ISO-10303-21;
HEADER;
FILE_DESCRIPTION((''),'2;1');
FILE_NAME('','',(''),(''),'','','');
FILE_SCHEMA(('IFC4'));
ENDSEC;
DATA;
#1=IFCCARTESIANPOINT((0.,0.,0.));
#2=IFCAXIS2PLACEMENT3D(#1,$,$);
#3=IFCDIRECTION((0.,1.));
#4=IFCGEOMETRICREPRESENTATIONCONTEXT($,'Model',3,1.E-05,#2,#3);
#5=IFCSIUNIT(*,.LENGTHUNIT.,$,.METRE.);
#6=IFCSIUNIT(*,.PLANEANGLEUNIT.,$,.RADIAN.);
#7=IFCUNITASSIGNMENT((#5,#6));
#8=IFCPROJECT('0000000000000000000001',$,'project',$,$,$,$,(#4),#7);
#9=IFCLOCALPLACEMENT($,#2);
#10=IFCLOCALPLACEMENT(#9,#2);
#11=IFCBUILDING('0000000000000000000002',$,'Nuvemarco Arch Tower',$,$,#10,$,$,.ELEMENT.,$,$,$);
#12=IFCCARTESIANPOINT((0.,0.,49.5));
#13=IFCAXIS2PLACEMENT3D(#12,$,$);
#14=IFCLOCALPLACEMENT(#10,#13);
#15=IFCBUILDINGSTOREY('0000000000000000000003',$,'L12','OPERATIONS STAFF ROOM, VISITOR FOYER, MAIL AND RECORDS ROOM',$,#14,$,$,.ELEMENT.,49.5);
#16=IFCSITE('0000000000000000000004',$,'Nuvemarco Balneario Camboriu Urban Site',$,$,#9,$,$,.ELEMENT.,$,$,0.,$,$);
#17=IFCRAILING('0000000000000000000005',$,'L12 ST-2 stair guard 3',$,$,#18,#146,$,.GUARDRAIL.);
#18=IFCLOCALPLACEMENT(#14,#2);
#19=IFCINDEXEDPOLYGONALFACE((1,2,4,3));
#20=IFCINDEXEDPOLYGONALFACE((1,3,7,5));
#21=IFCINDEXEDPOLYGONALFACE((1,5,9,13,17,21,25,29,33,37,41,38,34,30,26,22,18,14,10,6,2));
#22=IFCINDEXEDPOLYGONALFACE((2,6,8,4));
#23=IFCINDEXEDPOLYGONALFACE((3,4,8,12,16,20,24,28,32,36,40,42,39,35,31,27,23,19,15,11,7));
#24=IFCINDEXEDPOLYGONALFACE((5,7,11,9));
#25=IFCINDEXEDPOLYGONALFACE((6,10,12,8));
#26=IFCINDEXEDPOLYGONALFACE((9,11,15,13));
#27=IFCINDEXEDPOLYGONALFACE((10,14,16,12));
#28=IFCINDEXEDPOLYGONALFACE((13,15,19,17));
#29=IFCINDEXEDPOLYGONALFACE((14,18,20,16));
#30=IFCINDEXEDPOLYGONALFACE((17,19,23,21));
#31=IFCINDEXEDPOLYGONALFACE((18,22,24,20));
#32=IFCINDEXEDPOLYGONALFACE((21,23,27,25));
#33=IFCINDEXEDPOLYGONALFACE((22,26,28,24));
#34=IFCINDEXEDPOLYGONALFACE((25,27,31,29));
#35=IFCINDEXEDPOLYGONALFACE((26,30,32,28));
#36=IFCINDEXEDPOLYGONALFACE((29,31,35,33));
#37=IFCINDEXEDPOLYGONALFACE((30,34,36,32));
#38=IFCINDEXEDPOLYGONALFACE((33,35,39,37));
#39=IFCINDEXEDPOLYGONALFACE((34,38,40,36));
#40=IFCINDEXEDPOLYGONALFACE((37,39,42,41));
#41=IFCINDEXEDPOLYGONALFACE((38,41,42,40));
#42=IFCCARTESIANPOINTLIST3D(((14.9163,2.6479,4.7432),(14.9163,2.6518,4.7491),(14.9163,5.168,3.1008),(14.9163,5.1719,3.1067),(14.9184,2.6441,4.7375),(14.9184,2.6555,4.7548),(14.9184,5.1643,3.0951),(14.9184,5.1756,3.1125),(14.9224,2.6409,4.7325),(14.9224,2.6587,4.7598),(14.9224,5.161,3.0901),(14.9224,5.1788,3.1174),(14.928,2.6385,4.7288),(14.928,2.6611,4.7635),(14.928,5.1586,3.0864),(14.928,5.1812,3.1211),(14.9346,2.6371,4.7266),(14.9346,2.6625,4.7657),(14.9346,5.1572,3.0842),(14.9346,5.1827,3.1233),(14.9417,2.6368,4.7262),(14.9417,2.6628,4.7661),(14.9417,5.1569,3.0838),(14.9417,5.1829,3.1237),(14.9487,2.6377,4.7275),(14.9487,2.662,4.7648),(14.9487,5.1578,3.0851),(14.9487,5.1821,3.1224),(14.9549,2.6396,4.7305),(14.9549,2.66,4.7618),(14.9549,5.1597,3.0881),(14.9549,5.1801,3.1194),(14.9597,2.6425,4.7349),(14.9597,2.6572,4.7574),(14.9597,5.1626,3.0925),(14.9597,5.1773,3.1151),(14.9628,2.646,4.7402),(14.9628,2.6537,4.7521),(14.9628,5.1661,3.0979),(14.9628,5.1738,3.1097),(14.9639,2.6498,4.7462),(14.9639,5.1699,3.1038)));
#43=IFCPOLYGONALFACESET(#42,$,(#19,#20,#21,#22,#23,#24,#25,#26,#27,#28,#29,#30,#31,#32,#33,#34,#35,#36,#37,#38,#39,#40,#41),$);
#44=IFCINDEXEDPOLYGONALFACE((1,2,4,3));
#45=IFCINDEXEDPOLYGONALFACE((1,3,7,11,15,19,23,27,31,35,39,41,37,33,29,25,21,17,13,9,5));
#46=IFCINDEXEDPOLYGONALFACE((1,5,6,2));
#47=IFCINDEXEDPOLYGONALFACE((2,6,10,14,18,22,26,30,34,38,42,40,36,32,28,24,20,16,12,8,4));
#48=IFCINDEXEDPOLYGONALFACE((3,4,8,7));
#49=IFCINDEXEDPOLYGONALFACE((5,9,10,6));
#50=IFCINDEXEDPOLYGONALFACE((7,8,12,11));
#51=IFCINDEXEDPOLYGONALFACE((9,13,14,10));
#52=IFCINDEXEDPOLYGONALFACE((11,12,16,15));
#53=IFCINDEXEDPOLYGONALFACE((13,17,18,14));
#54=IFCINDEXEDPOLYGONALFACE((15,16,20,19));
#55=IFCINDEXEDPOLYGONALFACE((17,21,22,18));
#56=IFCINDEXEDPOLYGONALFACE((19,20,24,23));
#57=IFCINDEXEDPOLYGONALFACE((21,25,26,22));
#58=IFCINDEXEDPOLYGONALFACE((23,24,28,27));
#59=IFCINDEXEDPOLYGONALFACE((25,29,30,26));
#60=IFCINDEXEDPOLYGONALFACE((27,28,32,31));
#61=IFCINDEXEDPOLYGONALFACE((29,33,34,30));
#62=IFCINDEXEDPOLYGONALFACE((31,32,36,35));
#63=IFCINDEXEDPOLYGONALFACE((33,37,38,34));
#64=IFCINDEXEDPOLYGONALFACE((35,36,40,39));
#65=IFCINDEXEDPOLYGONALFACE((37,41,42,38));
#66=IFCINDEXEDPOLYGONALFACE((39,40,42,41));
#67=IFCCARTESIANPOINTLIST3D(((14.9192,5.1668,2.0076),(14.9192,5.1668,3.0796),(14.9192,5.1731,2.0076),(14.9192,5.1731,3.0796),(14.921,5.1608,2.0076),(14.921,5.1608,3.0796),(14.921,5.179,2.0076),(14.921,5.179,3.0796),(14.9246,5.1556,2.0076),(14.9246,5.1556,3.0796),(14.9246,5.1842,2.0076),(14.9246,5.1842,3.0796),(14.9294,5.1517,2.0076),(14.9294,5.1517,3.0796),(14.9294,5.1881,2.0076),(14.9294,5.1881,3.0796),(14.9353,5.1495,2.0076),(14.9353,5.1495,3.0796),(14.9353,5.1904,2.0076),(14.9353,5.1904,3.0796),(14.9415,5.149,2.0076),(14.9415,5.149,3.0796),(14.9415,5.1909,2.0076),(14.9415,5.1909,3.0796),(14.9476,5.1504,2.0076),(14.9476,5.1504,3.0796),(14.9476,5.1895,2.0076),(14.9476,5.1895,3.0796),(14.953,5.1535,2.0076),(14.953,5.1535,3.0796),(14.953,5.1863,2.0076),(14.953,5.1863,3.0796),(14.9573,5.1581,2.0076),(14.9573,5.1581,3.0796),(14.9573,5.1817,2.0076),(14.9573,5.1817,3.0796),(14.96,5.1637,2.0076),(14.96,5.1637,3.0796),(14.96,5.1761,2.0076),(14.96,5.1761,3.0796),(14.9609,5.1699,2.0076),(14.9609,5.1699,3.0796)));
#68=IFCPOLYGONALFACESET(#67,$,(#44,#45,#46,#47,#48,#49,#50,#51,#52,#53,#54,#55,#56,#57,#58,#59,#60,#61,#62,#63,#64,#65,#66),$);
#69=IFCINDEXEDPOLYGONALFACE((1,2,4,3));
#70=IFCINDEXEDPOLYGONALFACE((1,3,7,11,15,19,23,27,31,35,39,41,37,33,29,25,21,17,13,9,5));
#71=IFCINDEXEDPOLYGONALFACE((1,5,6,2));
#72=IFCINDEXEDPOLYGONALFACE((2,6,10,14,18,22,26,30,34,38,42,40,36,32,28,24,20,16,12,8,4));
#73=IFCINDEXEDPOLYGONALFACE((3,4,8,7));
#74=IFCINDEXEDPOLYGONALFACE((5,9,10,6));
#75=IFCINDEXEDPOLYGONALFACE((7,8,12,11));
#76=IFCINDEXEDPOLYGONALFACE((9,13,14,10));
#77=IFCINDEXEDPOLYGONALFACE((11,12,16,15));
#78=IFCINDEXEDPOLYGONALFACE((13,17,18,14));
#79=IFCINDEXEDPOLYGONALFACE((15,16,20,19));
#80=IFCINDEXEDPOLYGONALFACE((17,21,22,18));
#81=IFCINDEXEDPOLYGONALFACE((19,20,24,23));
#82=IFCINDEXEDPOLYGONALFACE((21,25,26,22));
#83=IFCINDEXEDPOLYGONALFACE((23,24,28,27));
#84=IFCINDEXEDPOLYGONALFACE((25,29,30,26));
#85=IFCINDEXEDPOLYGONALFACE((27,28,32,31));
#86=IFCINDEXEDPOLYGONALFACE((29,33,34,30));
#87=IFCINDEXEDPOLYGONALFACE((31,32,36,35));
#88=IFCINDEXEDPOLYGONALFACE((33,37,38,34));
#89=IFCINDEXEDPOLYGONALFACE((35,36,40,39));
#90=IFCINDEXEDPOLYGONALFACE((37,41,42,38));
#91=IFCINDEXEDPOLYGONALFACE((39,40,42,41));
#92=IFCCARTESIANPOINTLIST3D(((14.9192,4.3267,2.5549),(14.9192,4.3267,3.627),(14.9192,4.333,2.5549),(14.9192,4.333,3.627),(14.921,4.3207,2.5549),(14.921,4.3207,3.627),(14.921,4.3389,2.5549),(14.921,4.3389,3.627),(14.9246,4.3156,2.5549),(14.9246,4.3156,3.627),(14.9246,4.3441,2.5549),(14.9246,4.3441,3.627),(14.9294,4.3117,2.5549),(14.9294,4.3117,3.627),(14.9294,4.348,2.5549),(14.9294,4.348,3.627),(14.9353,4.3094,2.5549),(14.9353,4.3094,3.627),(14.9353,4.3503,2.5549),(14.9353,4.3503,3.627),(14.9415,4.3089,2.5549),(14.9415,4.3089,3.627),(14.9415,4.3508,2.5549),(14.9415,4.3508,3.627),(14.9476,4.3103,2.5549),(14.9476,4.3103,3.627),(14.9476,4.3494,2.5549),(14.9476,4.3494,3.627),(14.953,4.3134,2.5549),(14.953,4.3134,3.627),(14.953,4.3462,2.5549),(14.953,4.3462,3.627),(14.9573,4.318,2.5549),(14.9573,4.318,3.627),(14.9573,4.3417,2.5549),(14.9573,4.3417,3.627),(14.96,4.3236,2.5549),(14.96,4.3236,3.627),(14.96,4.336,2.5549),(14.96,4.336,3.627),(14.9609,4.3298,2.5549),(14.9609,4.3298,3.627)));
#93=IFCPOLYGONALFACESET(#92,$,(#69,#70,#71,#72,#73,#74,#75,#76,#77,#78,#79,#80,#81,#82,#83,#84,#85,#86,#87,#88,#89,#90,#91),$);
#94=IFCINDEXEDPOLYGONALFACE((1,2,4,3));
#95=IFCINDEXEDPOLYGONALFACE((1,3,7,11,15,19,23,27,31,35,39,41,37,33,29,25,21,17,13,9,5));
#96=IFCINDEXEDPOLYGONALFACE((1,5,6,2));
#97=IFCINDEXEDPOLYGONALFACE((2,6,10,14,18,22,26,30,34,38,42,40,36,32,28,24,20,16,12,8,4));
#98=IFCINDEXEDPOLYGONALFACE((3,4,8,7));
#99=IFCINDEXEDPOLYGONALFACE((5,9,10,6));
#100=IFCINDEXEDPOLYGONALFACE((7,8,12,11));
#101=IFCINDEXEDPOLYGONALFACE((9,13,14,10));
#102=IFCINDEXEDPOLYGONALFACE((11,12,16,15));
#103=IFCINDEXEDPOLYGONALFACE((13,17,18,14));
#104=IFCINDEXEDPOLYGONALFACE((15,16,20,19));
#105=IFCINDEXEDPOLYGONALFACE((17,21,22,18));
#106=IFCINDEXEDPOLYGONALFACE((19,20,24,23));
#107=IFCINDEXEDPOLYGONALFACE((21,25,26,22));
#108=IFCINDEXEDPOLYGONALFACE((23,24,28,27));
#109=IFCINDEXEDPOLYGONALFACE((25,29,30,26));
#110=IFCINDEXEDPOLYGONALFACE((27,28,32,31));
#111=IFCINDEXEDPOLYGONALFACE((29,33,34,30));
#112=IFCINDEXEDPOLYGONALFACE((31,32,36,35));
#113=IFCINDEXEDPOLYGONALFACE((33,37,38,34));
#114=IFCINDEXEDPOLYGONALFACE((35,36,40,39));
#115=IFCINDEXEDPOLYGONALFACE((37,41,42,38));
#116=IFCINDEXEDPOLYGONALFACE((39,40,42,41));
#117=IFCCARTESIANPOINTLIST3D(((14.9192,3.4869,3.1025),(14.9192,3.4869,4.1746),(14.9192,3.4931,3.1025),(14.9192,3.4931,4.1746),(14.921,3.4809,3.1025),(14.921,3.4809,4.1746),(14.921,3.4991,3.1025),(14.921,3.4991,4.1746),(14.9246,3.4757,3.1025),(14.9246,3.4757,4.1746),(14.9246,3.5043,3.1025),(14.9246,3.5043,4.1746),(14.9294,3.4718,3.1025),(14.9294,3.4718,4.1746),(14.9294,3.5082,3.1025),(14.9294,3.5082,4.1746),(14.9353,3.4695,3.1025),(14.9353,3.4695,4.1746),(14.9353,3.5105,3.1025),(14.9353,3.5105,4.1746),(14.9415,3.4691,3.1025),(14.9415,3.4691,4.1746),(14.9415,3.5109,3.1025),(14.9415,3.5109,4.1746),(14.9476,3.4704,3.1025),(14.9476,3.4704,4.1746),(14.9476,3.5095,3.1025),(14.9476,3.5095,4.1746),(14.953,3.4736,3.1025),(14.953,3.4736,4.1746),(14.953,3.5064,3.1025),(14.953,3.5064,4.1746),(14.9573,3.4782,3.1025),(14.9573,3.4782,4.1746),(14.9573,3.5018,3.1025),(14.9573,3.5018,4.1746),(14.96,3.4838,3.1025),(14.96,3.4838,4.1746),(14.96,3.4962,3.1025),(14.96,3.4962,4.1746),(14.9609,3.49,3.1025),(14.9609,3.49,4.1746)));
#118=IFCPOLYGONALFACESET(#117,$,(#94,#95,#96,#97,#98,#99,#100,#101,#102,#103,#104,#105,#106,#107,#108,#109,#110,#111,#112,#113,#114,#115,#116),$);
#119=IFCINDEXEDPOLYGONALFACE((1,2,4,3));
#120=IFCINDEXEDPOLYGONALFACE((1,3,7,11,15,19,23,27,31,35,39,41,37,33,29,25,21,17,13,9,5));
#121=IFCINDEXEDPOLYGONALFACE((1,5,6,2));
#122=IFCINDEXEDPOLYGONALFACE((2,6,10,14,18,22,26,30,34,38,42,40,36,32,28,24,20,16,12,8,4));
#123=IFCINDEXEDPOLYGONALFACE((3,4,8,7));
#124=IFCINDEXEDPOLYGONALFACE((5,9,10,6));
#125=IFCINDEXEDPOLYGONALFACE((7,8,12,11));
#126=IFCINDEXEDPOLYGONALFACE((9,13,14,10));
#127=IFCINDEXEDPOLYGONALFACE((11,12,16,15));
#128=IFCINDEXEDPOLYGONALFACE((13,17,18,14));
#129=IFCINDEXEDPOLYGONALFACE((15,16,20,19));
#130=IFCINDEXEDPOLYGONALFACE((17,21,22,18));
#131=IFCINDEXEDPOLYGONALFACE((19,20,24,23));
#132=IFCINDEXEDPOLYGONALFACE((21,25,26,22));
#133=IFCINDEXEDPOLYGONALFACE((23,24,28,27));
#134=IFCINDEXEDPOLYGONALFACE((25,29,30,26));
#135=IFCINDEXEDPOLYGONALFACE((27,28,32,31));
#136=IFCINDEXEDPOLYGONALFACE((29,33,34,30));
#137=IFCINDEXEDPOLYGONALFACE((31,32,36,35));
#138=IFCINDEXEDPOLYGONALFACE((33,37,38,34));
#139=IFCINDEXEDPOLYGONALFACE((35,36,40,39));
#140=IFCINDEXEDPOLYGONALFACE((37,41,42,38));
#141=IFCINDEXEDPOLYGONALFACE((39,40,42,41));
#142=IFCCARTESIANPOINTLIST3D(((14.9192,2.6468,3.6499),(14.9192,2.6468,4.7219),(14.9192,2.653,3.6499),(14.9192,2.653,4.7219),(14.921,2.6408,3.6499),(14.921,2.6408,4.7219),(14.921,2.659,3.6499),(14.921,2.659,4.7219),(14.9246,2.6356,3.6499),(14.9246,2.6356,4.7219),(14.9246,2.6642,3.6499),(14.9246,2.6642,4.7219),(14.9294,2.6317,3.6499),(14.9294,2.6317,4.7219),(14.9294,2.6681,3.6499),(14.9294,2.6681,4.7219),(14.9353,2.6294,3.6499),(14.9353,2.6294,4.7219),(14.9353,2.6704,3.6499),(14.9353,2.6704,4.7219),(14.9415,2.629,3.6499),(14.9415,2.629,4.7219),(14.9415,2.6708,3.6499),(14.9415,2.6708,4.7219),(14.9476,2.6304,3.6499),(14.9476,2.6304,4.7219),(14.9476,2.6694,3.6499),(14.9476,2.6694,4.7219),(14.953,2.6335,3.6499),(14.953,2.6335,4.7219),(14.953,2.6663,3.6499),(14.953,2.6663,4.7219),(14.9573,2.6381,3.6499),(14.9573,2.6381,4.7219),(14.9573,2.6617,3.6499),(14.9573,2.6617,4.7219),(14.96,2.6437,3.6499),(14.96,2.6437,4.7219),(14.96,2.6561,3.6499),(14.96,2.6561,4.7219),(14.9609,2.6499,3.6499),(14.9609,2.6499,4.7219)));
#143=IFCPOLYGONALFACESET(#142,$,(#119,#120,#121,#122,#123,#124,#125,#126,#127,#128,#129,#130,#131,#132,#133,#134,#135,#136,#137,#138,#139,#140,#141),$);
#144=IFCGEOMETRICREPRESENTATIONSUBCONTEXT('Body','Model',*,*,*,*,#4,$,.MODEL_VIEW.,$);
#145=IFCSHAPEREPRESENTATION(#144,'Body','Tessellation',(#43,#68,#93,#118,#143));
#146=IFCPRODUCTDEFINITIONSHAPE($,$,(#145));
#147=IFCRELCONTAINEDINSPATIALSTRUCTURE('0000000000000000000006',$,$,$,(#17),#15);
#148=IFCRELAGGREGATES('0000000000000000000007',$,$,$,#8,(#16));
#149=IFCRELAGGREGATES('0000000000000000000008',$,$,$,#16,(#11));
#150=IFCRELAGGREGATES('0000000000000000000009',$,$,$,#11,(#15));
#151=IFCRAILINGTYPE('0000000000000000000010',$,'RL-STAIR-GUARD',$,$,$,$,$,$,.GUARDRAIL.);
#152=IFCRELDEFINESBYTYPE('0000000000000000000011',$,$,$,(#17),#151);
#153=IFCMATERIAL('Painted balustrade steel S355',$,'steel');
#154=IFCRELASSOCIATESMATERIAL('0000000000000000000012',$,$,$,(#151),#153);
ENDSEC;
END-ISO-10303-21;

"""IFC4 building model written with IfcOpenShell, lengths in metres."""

from ifc_helpers import new_model, si_unit, direction, frame, origin, origin_2d, place, context, subcontext, project, spatial, circle, extrude, material, type_object, element, save


model = new_model("IFC4")

# Units and contexts
model_context = context("Model", 3, precision=1e-05, world=origin(), true_north=direction((0.0, 1.0)))
body_context = subcontext(model_context, "Body", "Model", "MODEL_VIEW")
ifc_project = project(units=[si_unit("LENGTHUNIT", "METRE"), si_unit("PLANEANGLEUNIT", "RADIAN")], contexts=[model_context])

# Site, building, storey
site_placement = place(None, origin())
site = spatial("IfcSite", under=ifc_project, at=site_placement, Name="Nuvemarco Balneario Camboriu Urban Site", CompositionType="ELEMENT", RefElevation=0.0)
building_placement = place(site_placement, origin())
building = spatial("IfcBuilding", under=site, at=building_placement, Name="Nuvemarco Arch Tower", CompositionType="ELEMENT")
storey_placement = place(building_placement, frame((0.0, 0.0, 49.5)))
storey = spatial("IfcBuildingStorey", under=building, at=storey_placement, Name="L12", Description="OPERATIONS STAFF ROOM, VISITOR FOYER, MAIL AND RECORDS ROOM", CompositionType="ELEMENT", Elevation=49.5)

# Railing
ifc_material_1 = material(Name="Painted balustrade steel S355", Category="steel")
railing_type_1 = type_object("IfcRailingType", Name="RL-STAIR-GUARD", PredefinedType="GUARDRAIL", material=ifc_material_1)
railing_1_placement = place(storey_placement, frame((14.9399, 5.1699, 2.0076)))
element("IfcRailing", 1, at=railing_1_placement, inside=storey, type_object=railing_type_1, Name="L12 ST-2 stair guard 3", PredefinedType="GUARDRAIL", context=body_context, shape_type="SweptSolid", body=[
    extrude(circle(Radius=0.0239, at=origin_2d()), frame((0.0, 0.0, 1.0962), z_axis=(0.0, -0.837787, 0.545998), x_axis=(1.0, 0.0, 0.0)), (0.0, 0.0, 1.0), 3.0081),
    extrude(circle(Radius=0.021, at=origin_2d()), origin(), (0.0, 0.0, 1.0), 1.072),
    extrude(circle(Radius=0.021, at=origin_2d()), frame((0.0, -0.8401, 0.5474)), (0.0, 0.0, 1.0), 1.072),
    extrude(circle(Radius=0.021, at=origin_2d()), frame((0.0, -1.6799, 1.095)), (0.0, 0.0, 1.0), 1.072),
    extrude(circle(Radius=0.021, at=origin_2d()), frame((0.0, -2.52, 1.6423)), (0.0, 0.0, 1.0), 1.072),
])

save(model, "model.ifc")
